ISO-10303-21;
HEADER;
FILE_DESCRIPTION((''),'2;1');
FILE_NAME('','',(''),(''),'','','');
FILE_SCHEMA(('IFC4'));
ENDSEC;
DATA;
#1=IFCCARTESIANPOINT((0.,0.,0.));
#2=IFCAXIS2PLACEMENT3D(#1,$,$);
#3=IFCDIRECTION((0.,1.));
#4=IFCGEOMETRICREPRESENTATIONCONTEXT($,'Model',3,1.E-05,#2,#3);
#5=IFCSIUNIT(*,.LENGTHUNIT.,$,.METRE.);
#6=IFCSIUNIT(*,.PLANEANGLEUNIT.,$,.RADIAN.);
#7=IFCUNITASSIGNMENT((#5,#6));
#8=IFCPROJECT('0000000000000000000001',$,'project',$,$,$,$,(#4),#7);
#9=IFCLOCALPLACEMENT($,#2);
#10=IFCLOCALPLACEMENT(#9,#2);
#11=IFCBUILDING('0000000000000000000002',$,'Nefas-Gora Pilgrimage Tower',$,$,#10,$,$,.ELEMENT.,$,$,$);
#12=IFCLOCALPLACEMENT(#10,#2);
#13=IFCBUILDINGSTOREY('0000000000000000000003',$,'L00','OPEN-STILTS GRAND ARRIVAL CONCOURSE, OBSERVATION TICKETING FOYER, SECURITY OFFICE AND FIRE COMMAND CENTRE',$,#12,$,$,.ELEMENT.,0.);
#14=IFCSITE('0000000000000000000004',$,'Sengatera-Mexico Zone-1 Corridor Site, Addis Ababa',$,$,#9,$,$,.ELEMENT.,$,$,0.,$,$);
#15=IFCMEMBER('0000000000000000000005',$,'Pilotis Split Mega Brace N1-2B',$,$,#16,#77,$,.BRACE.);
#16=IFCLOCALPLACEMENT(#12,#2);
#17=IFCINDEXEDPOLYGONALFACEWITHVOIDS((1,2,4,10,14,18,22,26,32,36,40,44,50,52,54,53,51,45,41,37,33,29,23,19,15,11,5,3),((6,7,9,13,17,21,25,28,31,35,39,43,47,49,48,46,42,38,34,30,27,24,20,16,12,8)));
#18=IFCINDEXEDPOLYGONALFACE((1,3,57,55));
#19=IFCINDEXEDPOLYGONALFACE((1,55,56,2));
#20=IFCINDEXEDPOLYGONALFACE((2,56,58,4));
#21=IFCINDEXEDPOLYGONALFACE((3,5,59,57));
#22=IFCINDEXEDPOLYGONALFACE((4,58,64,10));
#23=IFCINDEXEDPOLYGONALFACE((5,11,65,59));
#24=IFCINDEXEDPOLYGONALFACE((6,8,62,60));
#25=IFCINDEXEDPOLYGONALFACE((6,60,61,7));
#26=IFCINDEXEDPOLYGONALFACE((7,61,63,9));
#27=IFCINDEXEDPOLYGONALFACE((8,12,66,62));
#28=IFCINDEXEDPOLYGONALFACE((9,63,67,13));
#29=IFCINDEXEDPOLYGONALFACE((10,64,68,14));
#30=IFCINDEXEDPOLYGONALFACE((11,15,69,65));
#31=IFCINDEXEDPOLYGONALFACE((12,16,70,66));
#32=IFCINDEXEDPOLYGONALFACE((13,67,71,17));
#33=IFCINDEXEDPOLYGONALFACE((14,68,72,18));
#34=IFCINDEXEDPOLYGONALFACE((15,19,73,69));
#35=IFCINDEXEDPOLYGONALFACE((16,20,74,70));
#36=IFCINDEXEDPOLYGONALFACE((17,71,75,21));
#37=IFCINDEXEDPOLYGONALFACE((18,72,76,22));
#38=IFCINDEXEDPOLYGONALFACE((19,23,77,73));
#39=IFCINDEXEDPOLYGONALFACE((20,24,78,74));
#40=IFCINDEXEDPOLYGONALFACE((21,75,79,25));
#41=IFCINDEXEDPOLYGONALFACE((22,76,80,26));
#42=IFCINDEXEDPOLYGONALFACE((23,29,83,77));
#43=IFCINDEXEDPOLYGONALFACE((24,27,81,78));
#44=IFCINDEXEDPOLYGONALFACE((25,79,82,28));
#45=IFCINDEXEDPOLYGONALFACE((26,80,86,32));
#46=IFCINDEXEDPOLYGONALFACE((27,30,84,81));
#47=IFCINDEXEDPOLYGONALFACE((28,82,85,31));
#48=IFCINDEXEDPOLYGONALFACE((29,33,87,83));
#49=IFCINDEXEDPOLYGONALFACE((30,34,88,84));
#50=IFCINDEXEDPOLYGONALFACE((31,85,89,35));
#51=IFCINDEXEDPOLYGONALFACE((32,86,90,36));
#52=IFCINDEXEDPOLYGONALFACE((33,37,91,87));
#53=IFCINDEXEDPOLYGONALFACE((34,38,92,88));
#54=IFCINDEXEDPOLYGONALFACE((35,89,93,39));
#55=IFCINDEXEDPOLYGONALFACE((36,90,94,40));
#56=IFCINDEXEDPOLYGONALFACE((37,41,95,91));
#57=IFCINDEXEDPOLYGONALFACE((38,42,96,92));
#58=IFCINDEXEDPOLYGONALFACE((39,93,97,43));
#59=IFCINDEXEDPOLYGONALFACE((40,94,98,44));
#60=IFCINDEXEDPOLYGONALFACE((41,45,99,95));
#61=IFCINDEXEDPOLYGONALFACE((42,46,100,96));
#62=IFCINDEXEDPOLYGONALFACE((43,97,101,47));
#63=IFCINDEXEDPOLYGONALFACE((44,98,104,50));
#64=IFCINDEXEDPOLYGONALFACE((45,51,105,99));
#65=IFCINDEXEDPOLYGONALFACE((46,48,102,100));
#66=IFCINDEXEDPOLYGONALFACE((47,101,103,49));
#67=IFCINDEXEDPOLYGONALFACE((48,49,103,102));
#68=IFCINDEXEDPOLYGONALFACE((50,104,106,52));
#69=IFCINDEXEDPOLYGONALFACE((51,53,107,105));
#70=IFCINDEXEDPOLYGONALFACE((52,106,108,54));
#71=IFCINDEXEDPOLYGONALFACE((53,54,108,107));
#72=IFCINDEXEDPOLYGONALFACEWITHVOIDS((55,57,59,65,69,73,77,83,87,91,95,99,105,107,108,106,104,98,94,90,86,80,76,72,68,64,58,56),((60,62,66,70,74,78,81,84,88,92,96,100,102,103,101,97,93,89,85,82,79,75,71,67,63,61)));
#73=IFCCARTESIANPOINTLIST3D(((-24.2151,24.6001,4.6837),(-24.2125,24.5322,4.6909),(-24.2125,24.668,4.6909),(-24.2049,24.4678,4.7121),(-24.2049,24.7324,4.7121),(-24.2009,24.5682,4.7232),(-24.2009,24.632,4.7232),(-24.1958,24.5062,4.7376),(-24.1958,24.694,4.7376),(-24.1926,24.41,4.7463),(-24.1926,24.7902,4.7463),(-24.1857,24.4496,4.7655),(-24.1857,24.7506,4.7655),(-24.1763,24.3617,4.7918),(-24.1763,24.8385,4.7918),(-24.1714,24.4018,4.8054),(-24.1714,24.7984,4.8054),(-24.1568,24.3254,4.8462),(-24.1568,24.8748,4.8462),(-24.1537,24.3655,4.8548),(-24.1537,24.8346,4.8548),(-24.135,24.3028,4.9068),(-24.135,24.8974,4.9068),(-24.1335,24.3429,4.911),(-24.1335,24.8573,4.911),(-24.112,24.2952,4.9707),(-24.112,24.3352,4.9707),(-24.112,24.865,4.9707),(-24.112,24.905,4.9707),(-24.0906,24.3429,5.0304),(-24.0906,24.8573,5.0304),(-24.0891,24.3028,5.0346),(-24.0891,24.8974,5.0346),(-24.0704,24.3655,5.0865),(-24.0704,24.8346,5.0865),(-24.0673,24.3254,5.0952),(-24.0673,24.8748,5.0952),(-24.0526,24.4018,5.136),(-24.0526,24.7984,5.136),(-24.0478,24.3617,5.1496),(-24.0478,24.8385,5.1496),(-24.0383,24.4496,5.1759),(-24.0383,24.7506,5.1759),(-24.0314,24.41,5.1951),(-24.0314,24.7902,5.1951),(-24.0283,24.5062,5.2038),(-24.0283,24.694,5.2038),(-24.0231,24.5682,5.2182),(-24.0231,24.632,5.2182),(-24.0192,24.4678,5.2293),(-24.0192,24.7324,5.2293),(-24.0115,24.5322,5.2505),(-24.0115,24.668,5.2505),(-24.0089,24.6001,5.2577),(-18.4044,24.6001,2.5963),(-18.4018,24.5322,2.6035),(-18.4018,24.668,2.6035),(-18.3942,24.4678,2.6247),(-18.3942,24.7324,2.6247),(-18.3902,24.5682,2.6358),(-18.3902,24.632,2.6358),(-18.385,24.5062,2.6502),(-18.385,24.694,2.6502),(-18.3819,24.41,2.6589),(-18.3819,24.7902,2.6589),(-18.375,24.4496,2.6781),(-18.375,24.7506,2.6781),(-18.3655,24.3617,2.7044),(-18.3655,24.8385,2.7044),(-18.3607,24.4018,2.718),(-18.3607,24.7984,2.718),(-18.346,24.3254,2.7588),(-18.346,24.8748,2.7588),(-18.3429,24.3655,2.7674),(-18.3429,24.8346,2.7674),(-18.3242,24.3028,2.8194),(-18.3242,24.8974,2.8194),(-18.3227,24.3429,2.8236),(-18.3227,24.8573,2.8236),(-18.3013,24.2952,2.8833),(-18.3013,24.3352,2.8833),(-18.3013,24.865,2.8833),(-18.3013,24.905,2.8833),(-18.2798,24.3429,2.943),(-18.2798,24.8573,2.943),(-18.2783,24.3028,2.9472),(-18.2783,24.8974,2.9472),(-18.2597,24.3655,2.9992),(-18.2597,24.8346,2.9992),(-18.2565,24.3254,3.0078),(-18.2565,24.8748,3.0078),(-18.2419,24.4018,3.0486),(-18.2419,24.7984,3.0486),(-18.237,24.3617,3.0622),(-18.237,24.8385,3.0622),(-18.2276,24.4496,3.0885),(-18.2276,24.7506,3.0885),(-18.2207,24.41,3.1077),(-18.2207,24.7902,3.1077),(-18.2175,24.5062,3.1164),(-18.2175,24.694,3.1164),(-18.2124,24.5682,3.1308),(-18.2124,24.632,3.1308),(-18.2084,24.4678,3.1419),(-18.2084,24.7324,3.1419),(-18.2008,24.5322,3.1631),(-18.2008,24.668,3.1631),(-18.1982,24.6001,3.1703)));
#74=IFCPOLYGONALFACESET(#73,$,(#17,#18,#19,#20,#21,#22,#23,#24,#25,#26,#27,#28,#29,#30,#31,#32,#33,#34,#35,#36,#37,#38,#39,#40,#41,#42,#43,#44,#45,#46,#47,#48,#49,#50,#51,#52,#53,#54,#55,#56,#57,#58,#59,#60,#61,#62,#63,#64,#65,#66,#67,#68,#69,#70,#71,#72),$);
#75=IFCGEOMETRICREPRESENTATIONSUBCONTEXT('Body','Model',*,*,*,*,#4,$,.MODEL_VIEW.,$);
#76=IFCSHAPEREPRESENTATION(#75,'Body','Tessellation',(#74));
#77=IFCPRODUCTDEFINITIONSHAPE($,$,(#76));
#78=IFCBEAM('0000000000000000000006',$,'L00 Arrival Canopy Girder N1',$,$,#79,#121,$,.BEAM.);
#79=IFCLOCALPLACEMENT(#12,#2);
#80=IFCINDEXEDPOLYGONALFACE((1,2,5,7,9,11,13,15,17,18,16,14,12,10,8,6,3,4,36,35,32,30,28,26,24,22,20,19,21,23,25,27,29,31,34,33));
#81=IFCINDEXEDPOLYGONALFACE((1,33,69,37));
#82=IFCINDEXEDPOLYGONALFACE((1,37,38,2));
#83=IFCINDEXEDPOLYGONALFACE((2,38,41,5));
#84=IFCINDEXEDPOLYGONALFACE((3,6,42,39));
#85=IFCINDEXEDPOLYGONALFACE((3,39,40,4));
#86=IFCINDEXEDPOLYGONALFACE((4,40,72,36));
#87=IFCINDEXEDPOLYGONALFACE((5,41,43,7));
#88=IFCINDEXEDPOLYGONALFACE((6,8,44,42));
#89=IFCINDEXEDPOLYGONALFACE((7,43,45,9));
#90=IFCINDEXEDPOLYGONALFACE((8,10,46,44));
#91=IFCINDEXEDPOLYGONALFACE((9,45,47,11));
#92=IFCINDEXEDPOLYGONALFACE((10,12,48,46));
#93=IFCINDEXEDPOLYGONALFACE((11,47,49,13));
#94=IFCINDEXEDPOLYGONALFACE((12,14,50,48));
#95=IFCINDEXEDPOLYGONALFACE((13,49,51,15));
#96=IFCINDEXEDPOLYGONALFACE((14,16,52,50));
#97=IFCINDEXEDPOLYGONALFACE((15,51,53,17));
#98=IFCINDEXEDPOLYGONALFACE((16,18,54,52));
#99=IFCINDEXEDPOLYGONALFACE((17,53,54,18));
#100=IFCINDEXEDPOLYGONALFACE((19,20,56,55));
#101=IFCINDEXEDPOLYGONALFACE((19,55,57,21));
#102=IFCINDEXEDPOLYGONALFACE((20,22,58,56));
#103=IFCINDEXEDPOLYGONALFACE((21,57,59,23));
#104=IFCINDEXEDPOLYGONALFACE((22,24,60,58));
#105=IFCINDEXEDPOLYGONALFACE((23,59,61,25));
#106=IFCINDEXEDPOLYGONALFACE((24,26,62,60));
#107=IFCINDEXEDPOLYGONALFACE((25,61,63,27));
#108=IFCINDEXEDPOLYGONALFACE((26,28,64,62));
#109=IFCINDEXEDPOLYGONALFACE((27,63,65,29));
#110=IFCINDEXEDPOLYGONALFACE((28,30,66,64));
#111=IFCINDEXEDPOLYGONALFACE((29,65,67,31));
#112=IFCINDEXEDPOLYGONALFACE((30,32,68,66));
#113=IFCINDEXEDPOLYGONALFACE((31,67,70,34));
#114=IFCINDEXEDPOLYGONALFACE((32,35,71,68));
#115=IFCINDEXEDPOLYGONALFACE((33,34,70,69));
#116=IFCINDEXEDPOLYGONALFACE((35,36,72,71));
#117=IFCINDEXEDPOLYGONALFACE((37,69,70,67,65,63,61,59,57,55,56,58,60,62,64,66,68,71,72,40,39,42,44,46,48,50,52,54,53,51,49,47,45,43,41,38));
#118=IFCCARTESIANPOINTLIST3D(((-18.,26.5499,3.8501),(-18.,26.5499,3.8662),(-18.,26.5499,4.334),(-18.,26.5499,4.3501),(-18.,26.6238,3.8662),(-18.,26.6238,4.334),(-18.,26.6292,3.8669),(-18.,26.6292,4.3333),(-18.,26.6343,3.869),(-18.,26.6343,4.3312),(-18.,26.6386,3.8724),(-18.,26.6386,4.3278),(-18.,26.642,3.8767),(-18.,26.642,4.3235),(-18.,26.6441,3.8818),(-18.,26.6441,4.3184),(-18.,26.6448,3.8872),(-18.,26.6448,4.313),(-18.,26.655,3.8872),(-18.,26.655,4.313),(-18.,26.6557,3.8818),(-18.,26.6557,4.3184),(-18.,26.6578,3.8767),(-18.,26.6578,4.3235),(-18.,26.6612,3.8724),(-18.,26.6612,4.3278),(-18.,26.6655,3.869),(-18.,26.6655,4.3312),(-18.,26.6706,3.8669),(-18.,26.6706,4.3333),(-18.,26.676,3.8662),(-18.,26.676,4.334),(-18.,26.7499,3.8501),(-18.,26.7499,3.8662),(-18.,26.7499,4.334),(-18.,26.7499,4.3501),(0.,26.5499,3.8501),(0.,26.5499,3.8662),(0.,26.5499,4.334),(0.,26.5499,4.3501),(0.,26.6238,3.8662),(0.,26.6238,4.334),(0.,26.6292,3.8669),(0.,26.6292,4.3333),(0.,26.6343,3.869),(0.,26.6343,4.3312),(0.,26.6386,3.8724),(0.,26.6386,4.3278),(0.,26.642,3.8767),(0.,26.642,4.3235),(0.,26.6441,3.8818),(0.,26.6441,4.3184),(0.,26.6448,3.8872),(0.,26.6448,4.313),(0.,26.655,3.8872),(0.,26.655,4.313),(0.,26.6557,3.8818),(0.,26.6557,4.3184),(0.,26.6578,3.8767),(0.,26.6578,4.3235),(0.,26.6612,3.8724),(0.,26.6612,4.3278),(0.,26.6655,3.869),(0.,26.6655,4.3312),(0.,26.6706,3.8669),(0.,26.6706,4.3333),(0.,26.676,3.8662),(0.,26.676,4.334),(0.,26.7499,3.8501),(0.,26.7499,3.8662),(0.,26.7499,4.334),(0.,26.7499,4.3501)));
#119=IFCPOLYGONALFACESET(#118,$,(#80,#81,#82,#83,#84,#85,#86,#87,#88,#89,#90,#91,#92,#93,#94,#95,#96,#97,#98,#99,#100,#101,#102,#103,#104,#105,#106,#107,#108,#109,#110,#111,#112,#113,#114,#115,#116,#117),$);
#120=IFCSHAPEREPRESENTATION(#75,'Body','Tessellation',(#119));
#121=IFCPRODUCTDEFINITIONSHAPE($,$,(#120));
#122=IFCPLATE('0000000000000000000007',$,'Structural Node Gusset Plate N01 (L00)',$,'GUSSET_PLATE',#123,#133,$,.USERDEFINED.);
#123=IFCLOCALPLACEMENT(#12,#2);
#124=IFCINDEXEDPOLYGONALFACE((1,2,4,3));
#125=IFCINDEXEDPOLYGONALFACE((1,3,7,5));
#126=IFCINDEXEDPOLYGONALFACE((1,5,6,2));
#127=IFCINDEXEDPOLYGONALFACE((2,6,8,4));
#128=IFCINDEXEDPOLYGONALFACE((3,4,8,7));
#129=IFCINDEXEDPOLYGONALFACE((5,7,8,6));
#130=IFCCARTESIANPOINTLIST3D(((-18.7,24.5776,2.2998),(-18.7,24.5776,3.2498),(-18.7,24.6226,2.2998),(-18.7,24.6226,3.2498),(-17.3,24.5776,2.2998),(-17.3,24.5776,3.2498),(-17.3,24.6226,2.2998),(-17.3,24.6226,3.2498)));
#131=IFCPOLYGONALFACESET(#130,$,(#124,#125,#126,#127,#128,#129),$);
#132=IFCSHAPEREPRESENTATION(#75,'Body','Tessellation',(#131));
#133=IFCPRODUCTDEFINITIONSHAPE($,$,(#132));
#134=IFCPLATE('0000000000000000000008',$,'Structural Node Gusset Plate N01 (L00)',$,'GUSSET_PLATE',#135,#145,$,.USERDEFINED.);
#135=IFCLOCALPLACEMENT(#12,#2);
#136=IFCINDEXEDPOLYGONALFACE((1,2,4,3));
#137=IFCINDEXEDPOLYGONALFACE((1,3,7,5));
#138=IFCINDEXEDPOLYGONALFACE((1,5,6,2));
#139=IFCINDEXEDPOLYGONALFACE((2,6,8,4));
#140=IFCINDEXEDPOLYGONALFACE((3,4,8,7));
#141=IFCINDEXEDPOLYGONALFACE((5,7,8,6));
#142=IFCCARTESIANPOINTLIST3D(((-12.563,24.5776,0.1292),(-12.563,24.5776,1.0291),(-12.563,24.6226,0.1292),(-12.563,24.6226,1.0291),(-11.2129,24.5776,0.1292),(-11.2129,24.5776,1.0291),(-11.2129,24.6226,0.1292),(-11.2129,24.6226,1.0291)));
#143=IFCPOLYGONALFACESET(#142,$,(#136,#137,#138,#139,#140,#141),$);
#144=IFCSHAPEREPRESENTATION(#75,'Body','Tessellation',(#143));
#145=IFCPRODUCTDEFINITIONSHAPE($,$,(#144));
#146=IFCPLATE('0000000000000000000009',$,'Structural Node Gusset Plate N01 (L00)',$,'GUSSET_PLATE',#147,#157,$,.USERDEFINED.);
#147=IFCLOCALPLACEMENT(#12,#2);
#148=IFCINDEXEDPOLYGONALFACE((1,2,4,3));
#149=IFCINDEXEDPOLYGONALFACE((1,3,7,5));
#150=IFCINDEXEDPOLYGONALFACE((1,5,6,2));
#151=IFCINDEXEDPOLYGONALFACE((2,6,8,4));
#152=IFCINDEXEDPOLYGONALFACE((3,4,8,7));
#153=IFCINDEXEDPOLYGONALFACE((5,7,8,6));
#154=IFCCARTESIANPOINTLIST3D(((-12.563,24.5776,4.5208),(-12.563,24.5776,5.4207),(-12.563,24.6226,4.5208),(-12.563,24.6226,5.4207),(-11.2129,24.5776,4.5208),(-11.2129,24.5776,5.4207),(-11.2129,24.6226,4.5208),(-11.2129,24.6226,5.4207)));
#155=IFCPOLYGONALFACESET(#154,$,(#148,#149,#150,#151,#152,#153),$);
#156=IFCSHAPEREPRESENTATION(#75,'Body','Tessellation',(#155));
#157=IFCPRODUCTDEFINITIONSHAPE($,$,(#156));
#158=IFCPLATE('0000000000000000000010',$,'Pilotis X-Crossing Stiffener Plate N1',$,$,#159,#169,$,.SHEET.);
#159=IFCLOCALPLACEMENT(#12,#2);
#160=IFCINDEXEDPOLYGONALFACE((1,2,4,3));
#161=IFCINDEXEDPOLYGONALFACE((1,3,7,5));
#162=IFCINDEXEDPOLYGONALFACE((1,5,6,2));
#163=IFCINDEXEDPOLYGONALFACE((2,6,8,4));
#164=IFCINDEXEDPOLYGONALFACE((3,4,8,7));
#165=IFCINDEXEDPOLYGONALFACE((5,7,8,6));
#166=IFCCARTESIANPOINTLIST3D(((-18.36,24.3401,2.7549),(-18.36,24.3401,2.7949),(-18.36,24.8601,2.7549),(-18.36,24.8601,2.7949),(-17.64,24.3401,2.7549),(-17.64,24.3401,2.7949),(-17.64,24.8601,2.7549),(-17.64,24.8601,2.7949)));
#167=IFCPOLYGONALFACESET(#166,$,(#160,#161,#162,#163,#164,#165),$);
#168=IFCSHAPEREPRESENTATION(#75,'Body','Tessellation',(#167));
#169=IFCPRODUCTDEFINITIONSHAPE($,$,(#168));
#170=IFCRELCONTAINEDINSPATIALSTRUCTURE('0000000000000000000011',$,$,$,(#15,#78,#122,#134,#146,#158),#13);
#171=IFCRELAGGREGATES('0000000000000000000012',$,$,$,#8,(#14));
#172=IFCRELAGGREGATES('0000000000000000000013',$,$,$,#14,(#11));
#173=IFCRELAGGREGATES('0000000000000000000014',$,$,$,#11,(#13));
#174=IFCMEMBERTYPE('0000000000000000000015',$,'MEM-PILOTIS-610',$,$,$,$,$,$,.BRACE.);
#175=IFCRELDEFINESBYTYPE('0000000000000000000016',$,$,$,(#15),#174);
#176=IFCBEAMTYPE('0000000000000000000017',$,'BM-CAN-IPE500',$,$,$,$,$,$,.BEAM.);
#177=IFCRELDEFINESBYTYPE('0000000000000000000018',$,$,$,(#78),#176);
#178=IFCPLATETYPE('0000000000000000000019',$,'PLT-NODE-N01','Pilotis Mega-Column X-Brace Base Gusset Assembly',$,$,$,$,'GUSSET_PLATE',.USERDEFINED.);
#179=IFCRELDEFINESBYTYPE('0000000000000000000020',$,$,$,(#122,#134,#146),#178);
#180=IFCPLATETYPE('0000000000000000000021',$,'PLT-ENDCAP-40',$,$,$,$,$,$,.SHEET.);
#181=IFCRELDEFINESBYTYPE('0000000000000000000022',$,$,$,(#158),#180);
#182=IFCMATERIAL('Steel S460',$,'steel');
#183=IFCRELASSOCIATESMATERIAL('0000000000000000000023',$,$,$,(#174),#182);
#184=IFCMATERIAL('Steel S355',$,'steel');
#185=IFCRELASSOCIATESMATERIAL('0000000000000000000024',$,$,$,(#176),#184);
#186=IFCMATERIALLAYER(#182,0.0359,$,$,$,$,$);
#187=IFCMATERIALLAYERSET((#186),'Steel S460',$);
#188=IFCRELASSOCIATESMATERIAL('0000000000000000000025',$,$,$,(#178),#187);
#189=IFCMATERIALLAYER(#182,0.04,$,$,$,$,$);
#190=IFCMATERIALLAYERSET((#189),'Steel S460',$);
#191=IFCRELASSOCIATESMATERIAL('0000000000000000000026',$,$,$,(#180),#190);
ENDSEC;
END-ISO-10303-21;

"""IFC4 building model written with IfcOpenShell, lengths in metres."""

from ifc_helpers import new_model, si_unit, direction, frame, origin, origin_2d, place, context, subcontext, project, spatial, rectangle, hollow_circle, i_section, extrude, source, transform, mapped, material, layer, layer_set, material_profile, profile_set, type_object, element, save


model = new_model("IFC4")

# Units and contexts
model_context = context("Model", 3, precision=1e-05, world=origin(), true_north=direction((0.0, 1.0)))
body_context = subcontext(model_context, "Body", "Model", "MODEL_VIEW")
ifc_project = project(units=[si_unit("LENGTHUNIT", "METRE"), si_unit("PLANEANGLEUNIT", "RADIAN")], contexts=[model_context])

# Site, building, storey
site_placement = place(None, origin())
site = spatial("IfcSite", under=ifc_project, at=site_placement, Name="Sengatera-Mexico Zone-1 Corridor Site, Addis Ababa", CompositionType="ELEMENT", RefElevation=0.0)
building_placement = place(site_placement, origin())
building = spatial("IfcBuilding", under=site, at=building_placement, Name="Nefas-Gora Pilgrimage Tower", CompositionType="ELEMENT")
storey_placement = place(building_placement, origin())
storey = spatial("IfcBuildingStorey", under=building, at=storey_placement, Name="L00", Description="OPEN-STILTS GRAND ARRIVAL CONCOURSE, OBSERVATION TICKETING FOYER, SECURITY OFFICE AND FIRE COMMAND CENTRE", CompositionType="ELEMENT", Elevation=0.0)

# Shared definitions
ifc_material_1 = material(Name="Steel S355", Category="steel")
ifc_material_2 = material(Name="Steel S460", Category="steel")

# Member
ifc_material_profile_1 = material_profile(ifc_material_2, hollow_circle(Radius=0.3049, WallThickness=0.04, at=origin_2d()), Name="CHS 610x40")
ifc_profile_set_1 = profile_set([ifc_material_profile_1], Name="Steel S460")
member_type = type_object("IfcMemberType", Name="MEM-PILOTIS-610", PredefinedType="BRACE", material=ifc_profile_set_1)
shared_shape_1 = source(origin(), body_context, "Body", "SweptSolid", [
    extrude(hollow_circle(Radius=0.3049, WallThickness=0.04, at=origin_2d()), origin(), (0.0, 0.0, 1.0), 6.1743),
])
for number, where, z_axis, x_axis, name in (
    (1, (-18.3013, 24.6001, 2.8833), (-0.941119, 0.0, 0.338077), (0.0, -1.0, 0.0), "Pilotis Split Mega Brace N1-2B"),
):
    element("IfcMember", number, at=place(storey_placement, frame(where, z_axis=z_axis, x_axis=x_axis)), inside=storey, type_object=member_type, Name=name, PredefinedType="BRACE", context=body_context, shape_type="MappedRepresentation", body=[
        mapped(shared_shape_1, transform((0.0, 0.0, 0.0), x_axis=(1.0, 0.0, 0.0), y_axis=(0.0, 1.0, 0.0), z_axis=(0.0, 0.0, 1.0), scale=1.0)),
    ])

# Beam
ifc_material_profile_2 = material_profile(ifc_material_1, i_section(OverallWidth=0.2, OverallDepth=0.5, WebThickness=0.0103, FlangeThickness=0.0161, FilletRadius=0.021, at=origin_2d()), Name="IPE 500")
ifc_profile_set_2 = profile_set([ifc_material_profile_2], Name="Steel S355")
beam_type_1 = type_object("IfcBeamType", Name="BM-CAN-IPE500", PredefinedType="BEAM", material=ifc_profile_set_2)
shared_shape_2 = source(origin(), body_context, "Body", "SweptSolid", [
    extrude(i_section(OverallWidth=0.2, OverallDepth=0.5, WebThickness=0.0103, FlangeThickness=0.0161, FilletRadius=0.021, at=origin_2d()), origin(), (0.0, 0.0, 1.0), 18.0),
])
beam_1_placement = place(storey_placement, frame((-18.0, 26.6499, 4.1001), z_axis=(1.0, 0.0, 0.0), x_axis=(0.0, 1.0, 0.0)))
element("IfcBeam", 2, at=beam_1_placement, inside=storey, type_object=beam_type_1, Name="L00 Arrival Canopy Girder N1", PredefinedType="BEAM", context=body_context, shape_type="MappedRepresentation", body=[
    mapped(shared_shape_2, transform((0.0, 0.0, 0.0), x_axis=(1.0, 0.0, 0.0), y_axis=(0.0, 1.0, 0.0), z_axis=(0.0, 0.0, 1.0), scale=1.0)),
])

# Plates
ifc_layer_1 = layer(ifc_material_2, 0.0359)
ifc_layer_set_1 = layer_set([ifc_layer_1], Name="Steel S460")
plate_type_1 = type_object("IfcPlateType", Name="PLT-NODE-N01", Description="Pilotis Mega-Column X-Brace Base Gusset Assembly", ElementType="GUSSET_PLATE", PredefinedType="USERDEFINED", material=ifc_layer_set_1)
shared_shape_3 = source(origin(), body_context, "Body", "SweptSolid", [
    extrude(rectangle(XDim=1.3999, YDim=0.0449, at=origin_2d()), origin(), (0.0, 0.0, 1.0), 0.95),
])
plate_1_placement = place(storey_placement, frame((-18.0, 24.6001, 2.2998), z_axis=(0.0, 0.0, 1.0), x_axis=(1.0, 0.0, 0.0)))
element("IfcPlate", 3, at=plate_1_placement, inside=storey, type_object=plate_type_1, Name="Structural Node Gusset Plate N01 (L00)", ObjectType="GUSSET_PLATE", PredefinedType="USERDEFINED", context=body_context, shape_type="MappedRepresentation", body=[
    mapped(shared_shape_3, transform((0.0, 0.0, 0.0), x_axis=(1.0, 0.0, 0.0), y_axis=(0.0, 1.0, 0.0), z_axis=(0.0, 0.0, 1.0), scale=1.0)),
])
shared_shape_4 = source(origin(), body_context, "Body", "SweptSolid", [
    extrude(rectangle(XDim=1.3501, YDim=0.0449, at=origin_2d()), origin(), (0.0, 0.0, 1.0), 0.8999),
])
for number, where, z_axis, x_axis, name in (
    (4, (-11.8879, 24.6001, 0.1292), (0.0, 0.0, 1.0), (1.0, 0.0, 0.0), "Structural Node Gusset Plate N01 (L00)"),
    (5, (-11.8879, 24.6001, 4.5208), (0.0, 0.0, 1.0), (1.0, 0.0, 0.0), "Structural Node Gusset Plate N01 (L00)"),
):
    element("IfcPlate", number, at=place(storey_placement, frame(where, z_axis=z_axis, x_axis=x_axis)), inside=storey, type_object=plate_type_1, Name=name, ObjectType="GUSSET_PLATE", PredefinedType="USERDEFINED", context=body_context, shape_type="MappedRepresentation", body=[
        mapped(shared_shape_4, transform((0.0, 0.0, 0.0), x_axis=(1.0, 0.0, 0.0), y_axis=(0.0, 1.0, 0.0), z_axis=(0.0, 0.0, 1.0), scale=1.0)),
    ])
ifc_layer_2 = layer(ifc_material_2, 0.04)
ifc_layer_set_2 = layer_set([ifc_layer_2], Name="Steel S460")
plate_type_2 = type_object("IfcPlateType", Name="PLT-ENDCAP-40", PredefinedType="SHEET", material=ifc_layer_set_2)
shared_shape_5 = source(origin(), body_context, "Body", "SweptSolid", [
    extrude(rectangle(XDim=0.72, YDim=0.52, at=origin_2d()), origin(), (0.0, 0.0, 1.0), 0.04),
])
plate_2_placement = place(storey_placement, frame((-18.0, 24.6001, 2.7549), z_axis=(0.0, 0.0, 1.0), x_axis=(1.0, 0.0, 0.0)))
element("IfcPlate", 6, at=plate_2_placement, inside=storey, type_object=plate_type_2, Name="Pilotis X-Crossing Stiffener Plate N1", PredefinedType="SHEET", context=body_context, shape_type="MappedRepresentation", body=[
    mapped(shared_shape_5, transform((0.0, 0.0, 0.0), x_axis=(1.0, 0.0, 0.0), y_axis=(0.0, 1.0, 0.0), z_axis=(0.0, 0.0, 1.0), scale=1.0)),
])

save(model, "model.ifc")
